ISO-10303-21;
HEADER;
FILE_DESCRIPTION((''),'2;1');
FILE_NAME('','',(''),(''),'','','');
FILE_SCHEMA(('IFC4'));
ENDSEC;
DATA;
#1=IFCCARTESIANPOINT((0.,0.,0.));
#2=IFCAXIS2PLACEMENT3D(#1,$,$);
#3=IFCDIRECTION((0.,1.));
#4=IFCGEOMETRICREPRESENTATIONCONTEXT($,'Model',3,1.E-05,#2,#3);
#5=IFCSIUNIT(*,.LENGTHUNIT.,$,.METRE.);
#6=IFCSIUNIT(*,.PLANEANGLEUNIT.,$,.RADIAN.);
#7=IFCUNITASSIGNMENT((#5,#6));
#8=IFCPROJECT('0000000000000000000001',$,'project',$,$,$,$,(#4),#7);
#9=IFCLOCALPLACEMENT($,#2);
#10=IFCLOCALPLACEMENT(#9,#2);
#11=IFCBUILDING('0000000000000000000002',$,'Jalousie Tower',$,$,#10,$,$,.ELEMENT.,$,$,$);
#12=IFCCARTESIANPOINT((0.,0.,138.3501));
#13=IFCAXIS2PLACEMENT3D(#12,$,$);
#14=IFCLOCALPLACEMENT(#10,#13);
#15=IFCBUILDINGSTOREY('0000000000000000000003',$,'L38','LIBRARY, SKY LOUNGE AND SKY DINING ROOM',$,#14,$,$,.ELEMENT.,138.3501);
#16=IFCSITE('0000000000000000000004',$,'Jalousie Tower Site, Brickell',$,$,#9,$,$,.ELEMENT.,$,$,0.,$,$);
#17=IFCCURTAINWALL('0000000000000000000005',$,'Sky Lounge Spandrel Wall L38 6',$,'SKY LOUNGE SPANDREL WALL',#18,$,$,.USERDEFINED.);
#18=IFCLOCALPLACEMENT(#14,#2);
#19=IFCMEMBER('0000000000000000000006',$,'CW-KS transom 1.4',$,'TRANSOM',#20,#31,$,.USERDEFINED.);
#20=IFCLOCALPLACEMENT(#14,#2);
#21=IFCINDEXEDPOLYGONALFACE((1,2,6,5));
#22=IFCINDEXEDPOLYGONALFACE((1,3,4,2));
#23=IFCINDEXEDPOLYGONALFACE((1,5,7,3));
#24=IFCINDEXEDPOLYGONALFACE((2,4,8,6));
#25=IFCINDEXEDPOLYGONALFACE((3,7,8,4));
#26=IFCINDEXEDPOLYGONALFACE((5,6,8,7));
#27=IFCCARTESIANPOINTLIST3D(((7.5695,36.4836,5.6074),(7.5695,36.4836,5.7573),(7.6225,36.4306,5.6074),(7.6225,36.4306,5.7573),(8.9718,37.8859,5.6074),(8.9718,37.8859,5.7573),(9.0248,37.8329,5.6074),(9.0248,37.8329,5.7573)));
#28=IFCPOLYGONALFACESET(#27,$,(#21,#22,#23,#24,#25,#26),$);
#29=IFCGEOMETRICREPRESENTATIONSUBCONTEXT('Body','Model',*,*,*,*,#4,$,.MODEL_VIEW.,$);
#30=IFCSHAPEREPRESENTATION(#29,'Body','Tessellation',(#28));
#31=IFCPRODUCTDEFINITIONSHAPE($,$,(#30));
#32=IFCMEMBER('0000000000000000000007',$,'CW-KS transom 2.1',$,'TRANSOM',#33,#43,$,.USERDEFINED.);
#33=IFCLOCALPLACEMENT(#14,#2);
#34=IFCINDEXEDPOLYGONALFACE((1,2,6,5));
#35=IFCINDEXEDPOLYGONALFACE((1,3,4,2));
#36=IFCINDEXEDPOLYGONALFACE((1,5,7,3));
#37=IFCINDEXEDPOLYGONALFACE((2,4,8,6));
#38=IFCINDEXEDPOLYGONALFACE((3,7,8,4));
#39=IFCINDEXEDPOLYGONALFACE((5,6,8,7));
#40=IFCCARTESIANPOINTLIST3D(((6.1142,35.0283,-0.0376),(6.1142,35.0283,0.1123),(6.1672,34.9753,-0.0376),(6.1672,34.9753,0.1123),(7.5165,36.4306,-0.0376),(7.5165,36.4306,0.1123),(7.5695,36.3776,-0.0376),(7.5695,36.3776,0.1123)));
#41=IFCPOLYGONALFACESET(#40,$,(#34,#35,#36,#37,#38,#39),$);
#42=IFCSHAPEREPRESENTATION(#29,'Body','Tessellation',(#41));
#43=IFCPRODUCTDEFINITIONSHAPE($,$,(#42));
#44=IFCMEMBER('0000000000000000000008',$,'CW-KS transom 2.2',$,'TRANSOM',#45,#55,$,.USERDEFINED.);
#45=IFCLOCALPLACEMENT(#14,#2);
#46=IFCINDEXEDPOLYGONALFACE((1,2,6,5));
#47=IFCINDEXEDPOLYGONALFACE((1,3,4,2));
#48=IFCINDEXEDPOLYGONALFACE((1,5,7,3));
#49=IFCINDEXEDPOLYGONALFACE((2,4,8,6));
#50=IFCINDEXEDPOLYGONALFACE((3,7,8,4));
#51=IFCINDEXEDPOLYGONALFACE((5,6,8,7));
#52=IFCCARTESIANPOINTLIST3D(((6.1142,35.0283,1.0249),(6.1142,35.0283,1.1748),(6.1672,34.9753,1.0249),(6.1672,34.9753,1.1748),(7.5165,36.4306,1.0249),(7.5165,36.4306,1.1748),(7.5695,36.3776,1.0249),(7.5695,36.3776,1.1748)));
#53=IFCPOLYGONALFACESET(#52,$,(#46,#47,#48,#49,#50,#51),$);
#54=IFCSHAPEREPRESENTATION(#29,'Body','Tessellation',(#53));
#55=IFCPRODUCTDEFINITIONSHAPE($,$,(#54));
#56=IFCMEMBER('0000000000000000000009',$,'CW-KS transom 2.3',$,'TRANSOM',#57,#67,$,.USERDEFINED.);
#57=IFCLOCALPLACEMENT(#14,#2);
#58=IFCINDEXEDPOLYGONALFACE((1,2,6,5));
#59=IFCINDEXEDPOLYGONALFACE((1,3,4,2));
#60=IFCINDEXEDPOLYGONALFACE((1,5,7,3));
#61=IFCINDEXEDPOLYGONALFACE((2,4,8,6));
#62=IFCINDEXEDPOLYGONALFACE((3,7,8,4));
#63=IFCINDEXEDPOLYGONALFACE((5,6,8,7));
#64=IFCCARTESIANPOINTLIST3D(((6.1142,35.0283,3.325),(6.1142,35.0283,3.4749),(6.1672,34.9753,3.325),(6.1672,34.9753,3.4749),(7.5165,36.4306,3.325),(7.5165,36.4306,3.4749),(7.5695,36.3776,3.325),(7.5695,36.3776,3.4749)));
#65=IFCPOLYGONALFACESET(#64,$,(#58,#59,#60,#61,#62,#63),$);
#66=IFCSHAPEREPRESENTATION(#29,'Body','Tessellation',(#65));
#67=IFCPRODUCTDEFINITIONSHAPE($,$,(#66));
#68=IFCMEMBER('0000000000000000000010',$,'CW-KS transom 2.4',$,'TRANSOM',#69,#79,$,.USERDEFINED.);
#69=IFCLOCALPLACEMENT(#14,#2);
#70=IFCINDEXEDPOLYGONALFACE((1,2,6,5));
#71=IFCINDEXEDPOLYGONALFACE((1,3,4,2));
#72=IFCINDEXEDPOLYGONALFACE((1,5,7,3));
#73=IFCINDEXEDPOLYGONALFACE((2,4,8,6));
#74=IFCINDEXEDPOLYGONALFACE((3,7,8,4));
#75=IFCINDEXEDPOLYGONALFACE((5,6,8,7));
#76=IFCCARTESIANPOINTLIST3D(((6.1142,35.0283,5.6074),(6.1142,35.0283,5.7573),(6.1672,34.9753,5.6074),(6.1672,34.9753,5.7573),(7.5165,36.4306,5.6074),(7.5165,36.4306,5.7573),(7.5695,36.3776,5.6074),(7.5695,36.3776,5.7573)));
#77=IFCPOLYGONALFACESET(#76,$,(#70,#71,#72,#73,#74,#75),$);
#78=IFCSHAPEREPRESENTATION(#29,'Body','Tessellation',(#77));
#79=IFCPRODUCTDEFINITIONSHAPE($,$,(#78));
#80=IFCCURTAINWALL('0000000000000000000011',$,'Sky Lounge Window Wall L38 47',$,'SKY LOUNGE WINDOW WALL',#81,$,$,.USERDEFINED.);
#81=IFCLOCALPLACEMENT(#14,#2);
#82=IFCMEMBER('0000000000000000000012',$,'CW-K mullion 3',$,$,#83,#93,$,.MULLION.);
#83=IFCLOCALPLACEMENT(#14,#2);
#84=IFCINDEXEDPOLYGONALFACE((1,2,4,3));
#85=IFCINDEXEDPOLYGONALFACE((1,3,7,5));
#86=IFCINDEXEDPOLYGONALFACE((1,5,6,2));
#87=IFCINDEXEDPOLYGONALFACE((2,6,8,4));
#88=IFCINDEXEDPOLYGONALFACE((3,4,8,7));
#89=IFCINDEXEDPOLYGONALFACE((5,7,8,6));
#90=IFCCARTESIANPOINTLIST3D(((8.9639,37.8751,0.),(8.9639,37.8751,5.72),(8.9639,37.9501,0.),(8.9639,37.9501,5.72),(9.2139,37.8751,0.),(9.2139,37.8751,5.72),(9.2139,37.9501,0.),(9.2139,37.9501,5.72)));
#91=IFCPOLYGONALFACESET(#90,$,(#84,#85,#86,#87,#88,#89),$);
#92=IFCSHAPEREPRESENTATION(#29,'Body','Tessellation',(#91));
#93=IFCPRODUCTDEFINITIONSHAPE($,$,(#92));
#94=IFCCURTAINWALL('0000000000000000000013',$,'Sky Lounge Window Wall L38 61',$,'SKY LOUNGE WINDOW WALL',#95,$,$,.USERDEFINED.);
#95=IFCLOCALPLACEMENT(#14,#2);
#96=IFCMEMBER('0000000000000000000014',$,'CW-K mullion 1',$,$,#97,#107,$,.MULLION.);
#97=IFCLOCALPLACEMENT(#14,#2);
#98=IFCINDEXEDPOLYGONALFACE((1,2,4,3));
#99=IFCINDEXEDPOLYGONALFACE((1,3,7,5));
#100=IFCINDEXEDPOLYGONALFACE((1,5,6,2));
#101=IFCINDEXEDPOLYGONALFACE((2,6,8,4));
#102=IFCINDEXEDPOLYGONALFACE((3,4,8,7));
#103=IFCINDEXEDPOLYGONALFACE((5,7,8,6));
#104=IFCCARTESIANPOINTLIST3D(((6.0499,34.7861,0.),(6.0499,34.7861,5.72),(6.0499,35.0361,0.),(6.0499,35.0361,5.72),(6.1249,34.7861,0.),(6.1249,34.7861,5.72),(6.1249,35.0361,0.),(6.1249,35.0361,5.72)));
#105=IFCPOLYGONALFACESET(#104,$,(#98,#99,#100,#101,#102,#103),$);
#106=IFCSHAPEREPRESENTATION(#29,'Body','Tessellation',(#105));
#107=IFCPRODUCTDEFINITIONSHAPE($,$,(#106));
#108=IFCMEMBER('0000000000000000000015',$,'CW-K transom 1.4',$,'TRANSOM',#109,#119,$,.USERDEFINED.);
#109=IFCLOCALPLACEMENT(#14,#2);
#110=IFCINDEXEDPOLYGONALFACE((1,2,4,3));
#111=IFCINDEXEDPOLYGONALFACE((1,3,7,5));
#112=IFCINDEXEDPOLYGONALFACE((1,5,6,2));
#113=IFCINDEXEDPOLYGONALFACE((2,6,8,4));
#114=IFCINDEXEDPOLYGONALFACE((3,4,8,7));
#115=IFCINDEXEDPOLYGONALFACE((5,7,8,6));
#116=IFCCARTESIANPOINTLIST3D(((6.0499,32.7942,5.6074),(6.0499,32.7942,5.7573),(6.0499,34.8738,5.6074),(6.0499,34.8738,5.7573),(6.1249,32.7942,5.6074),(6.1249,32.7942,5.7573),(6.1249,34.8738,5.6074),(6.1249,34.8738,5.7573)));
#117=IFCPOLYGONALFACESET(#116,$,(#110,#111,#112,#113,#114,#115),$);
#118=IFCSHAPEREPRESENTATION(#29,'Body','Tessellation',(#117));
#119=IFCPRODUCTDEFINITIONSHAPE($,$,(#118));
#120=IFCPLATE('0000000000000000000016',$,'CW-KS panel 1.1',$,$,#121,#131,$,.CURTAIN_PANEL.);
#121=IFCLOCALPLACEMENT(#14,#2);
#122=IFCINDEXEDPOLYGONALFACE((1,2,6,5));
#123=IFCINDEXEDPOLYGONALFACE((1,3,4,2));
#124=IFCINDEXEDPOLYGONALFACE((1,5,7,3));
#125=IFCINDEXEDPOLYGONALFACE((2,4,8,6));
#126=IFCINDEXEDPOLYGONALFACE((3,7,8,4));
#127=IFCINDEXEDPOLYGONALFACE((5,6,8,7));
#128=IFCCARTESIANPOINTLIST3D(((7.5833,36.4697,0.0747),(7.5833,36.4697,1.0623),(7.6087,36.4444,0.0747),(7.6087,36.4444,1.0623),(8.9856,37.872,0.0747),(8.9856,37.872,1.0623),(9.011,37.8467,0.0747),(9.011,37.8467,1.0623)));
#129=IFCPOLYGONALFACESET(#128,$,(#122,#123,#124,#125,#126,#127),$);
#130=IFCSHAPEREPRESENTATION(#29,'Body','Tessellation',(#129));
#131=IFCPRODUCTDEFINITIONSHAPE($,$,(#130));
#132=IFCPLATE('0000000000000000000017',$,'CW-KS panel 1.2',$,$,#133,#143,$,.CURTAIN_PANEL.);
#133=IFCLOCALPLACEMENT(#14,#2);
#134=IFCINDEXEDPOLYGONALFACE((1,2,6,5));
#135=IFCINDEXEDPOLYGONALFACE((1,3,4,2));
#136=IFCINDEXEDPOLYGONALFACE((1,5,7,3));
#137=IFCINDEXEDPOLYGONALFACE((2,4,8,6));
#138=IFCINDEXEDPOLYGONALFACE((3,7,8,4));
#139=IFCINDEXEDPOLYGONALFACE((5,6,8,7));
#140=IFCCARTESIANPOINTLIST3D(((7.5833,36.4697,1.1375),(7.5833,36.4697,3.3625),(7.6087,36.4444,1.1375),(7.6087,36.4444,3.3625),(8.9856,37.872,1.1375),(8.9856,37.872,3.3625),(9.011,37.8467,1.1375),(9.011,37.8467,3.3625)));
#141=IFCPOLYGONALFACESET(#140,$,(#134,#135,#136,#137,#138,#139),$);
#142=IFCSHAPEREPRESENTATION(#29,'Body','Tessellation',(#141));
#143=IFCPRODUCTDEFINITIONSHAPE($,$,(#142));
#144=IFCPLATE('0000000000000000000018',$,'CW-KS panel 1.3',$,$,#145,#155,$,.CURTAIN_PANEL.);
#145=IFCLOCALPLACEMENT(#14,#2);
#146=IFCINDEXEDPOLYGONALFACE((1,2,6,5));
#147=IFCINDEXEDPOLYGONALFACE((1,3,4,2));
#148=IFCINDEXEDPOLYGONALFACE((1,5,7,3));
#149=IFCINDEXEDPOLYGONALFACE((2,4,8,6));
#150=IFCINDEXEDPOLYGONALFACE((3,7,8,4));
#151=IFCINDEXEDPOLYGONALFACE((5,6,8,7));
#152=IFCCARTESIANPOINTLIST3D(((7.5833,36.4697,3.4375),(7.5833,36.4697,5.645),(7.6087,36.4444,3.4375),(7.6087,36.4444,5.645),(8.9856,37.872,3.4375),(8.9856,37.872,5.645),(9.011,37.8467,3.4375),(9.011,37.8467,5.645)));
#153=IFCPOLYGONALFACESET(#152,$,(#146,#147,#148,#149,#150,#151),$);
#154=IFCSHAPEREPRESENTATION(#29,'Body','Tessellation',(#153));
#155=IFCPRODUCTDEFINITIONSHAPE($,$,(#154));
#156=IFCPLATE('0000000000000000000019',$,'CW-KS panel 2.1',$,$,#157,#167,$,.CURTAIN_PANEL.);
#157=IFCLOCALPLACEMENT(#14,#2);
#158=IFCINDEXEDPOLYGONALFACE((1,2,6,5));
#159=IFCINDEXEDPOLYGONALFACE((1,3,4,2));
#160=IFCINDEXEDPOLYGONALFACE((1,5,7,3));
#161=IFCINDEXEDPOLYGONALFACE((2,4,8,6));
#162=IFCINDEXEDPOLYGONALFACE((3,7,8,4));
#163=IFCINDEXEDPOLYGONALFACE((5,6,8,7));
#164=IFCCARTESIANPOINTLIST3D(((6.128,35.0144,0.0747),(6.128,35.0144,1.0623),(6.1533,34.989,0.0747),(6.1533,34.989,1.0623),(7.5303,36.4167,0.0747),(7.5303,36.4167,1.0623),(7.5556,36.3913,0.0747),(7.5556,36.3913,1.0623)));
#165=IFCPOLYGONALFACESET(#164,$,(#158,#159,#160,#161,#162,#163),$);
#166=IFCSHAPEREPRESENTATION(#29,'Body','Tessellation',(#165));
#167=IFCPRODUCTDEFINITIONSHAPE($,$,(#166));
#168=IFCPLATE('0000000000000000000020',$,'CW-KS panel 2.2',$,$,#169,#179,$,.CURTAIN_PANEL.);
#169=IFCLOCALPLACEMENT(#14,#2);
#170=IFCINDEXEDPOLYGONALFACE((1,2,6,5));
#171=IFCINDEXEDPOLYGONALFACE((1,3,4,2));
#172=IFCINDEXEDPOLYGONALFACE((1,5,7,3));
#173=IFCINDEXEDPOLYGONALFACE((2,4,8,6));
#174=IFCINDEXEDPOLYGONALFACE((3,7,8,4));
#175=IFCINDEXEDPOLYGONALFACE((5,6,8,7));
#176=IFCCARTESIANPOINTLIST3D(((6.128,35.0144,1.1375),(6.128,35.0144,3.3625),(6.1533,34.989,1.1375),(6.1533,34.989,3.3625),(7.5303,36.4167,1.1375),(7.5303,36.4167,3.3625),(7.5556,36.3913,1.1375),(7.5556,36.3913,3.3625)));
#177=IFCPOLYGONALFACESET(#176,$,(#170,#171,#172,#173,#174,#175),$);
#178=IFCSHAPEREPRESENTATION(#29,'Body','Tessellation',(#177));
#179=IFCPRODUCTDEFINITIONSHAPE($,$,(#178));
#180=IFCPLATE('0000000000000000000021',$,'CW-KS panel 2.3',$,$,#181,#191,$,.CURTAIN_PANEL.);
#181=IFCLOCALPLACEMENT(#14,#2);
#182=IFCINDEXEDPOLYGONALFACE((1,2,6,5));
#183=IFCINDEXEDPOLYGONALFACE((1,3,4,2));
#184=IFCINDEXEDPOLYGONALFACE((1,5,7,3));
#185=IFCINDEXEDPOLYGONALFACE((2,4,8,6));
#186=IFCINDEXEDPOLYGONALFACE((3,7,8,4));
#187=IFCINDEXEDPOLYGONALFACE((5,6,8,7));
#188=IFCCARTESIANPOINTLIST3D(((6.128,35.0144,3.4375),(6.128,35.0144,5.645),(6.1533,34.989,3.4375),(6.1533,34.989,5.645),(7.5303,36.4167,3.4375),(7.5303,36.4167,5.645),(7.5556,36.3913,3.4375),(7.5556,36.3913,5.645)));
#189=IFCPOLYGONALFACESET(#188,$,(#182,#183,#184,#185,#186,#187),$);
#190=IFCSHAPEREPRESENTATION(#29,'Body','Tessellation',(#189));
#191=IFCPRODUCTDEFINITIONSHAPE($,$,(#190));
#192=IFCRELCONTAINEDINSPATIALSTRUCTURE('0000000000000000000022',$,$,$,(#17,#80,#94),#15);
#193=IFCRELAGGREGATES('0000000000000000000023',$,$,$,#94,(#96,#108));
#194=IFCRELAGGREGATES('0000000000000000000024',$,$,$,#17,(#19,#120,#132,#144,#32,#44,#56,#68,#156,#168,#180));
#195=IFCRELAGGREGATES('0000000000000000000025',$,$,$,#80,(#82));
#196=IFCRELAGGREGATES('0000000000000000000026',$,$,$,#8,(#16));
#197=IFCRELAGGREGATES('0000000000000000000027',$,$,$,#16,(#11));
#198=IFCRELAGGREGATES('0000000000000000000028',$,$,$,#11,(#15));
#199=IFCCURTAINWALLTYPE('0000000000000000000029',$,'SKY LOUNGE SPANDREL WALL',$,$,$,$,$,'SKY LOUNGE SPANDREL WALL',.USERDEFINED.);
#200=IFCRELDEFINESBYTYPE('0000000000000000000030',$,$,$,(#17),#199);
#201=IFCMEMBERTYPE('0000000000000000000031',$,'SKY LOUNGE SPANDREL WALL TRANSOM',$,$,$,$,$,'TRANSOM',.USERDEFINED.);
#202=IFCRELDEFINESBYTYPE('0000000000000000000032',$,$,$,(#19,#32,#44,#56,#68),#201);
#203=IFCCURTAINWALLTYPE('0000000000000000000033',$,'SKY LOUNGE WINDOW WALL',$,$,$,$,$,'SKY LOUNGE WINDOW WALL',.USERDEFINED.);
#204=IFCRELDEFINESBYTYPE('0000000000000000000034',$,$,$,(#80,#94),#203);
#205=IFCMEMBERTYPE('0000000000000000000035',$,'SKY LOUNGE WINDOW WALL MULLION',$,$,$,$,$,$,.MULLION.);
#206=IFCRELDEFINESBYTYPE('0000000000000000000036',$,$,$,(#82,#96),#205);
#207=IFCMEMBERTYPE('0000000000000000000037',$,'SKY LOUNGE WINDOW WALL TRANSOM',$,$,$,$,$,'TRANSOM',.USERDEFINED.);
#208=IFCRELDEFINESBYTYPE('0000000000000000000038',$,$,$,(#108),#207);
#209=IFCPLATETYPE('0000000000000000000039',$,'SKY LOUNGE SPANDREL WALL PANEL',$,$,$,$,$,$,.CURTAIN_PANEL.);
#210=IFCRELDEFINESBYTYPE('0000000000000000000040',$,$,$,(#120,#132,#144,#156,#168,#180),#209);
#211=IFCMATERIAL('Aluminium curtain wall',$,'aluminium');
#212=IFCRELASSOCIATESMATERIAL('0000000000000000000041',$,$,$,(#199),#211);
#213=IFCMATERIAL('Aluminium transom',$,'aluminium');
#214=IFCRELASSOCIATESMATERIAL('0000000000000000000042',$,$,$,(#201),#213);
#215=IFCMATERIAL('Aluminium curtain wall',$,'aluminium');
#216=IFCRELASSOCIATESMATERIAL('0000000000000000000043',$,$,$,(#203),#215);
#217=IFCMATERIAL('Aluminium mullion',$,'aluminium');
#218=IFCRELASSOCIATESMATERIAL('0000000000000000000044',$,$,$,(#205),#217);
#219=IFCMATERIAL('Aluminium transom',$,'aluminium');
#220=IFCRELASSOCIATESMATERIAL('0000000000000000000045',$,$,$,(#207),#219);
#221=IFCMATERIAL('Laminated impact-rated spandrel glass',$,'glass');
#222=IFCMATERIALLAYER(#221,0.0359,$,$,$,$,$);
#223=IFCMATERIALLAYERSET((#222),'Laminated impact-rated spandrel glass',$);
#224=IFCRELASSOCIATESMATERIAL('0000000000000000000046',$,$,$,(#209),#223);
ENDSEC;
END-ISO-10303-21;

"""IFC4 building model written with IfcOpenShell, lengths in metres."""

from ifc_helpers import new_model, si_unit, direction, frame, origin, origin_2d, place, context, subcontext, project, spatial, rectangle, extrude, material, layer, layer_set, material_profile, profile_set, type_object, element, aggregate, save


model = new_model("IFC4")

# Units and contexts
model_context = context("Model", 3, precision=1e-05, world=origin(), true_north=direction((0.0, 1.0)))
body_context = subcontext(model_context, "Body", "Model", "MODEL_VIEW")
ifc_project = project(units=[si_unit("LENGTHUNIT", "METRE"), si_unit("PLANEANGLEUNIT", "RADIAN")], contexts=[model_context])

# Site, building, storey
site_placement = place(None, origin())
site = spatial("IfcSite", under=ifc_project, at=site_placement, Name="Jalousie Tower Site, Brickell", CompositionType="ELEMENT", RefElevation=0.0)
building_placement = place(site_placement, origin())
building = spatial("IfcBuilding", under=site, at=building_placement, Name="Jalousie Tower", CompositionType="ELEMENT")
storey_placement = place(building_placement, frame((0.0, 0.0, 138.3501)))
storey = spatial("IfcBuildingStorey", under=building, at=storey_placement, Name="L38", Description="LIBRARY, SKY LOUNGE AND SKY DINING ROOM", CompositionType="ELEMENT", Elevation=138.3501)

# Curtain wall, members
ifc_material_1 = material(Name="Aluminium curtain wall", Category="aluminium")
curtain_wall_type_1 = type_object("IfcCurtainWallType", Name="SKY LOUNGE SPANDREL WALL", ElementType="SKY LOUNGE SPANDREL WALL", PredefinedType="USERDEFINED", material=ifc_material_1)
curtain_wall_1_placement = place(storey_placement, origin())
curtain_wall_1 = element("IfcCurtainWall", 1, at=curtain_wall_1_placement, inside=storey, type_object=curtain_wall_type_1, Name="Sky Lounge Spandrel Wall L38 6", ObjectType="SKY LOUNGE SPANDREL WALL", PredefinedType="USERDEFINED")
ifc_material_2 = material(Name="Aluminium transom", Category="aluminium")
ifc_material_profile_1 = material_profile(ifc_material_2, rectangle(XDim=0.075, YDim=0.1499, at=origin_2d()), Name="TRANSOM 75x150")
ifc_profile_set_1 = profile_set([ifc_material_profile_1], Name="Aluminium transom")
member_type_1 = type_object("IfcMemberType", Name="SKY LOUNGE SPANDREL WALL TRANSOM", ElementType="TRANSOM", PredefinedType="USERDEFINED", material=ifc_profile_set_1)
member_1_placement = place(storey_placement, frame((8.9983, 37.8594, 5.6824), z_axis=(-0.707107, -0.707107, 0.0), x_axis=(0.707107, -0.707107, 0.0)))
member_1 = element("IfcMember", 2, at=member_1_placement, type_object=member_type_1, Name="CW-KS transom 1.4", ObjectType="TRANSOM", PredefinedType="USERDEFINED", context=body_context, shape_type="SweptSolid", body=[
    extrude(rectangle(XDim=0.075, YDim=0.1499, at=origin_2d()), origin(), (0.0, 0.0, 1.0), 1.9832),
])
member_2_placement = place(storey_placement, frame((7.543, 36.4041, 0.0374), z_axis=(-0.707107, -0.707107, 0.0), x_axis=(0.707107, -0.707107, 0.0)))
member_2 = element("IfcMember", 3, at=member_2_placement, type_object=member_type_1, Name="CW-KS transom 2.1", ObjectType="TRANSOM", PredefinedType="USERDEFINED", context=body_context, shape_type="SweptSolid", body=[
    extrude(rectangle(XDim=0.075, YDim=0.1499, at=origin_2d()), origin(), (0.0, 0.0, 1.0), 1.9832),
])
member_3_placement = place(storey_placement, frame((7.543, 36.4041, 1.0999), z_axis=(-0.707107, -0.707107, 0.0), x_axis=(0.707107, -0.707107, 0.0)))
member_3 = element("IfcMember", 4, at=member_3_placement, type_object=member_type_1, Name="CW-KS transom 2.2", ObjectType="TRANSOM", PredefinedType="USERDEFINED", context=body_context, shape_type="SweptSolid", body=[
    extrude(rectangle(XDim=0.075, YDim=0.1499, at=origin_2d()), origin(), (0.0, 0.0, 1.0), 1.9832),
])
member_4_placement = place(storey_placement, frame((7.543, 36.4041, 3.3999), z_axis=(-0.707107, -0.707107, 0.0), x_axis=(0.707107, -0.707107, 0.0)))
member_4 = element("IfcMember", 5, at=member_4_placement, type_object=member_type_1, Name="CW-KS transom 2.3", ObjectType="TRANSOM", PredefinedType="USERDEFINED", context=body_context, shape_type="SweptSolid", body=[
    extrude(rectangle(XDim=0.075, YDim=0.1499, at=origin_2d()), origin(), (0.0, 0.0, 1.0), 1.9832),
])
member_5_placement = place(storey_placement, frame((7.543, 36.4041, 5.6824), z_axis=(-0.707107, -0.707107, 0.0), x_axis=(0.707107, -0.707107, 0.0)))
member_5 = element("IfcMember", 6, at=member_5_placement, type_object=member_type_1, Name="CW-KS transom 2.4", ObjectType="TRANSOM", PredefinedType="USERDEFINED", context=body_context, shape_type="SweptSolid", body=[
    extrude(rectangle(XDim=0.075, YDim=0.1499, at=origin_2d()), origin(), (0.0, 0.0, 1.0), 1.9832),
])

# Curtain wall, member
ifc_material_3 = material(Name="Aluminium curtain wall", Category="aluminium")
curtain_wall_type_2 = type_object("IfcCurtainWallType", Name="SKY LOUNGE WINDOW WALL", ElementType="SKY LOUNGE WINDOW WALL", PredefinedType="USERDEFINED", material=ifc_material_3)
curtain_wall_2_placement = place(storey_placement, origin())
curtain_wall_2 = element("IfcCurtainWall", 7, at=curtain_wall_2_placement, inside=storey, type_object=curtain_wall_type_2, Name="Sky Lounge Window Wall L38 47", ObjectType="SKY LOUNGE WINDOW WALL", PredefinedType="USERDEFINED")
ifc_material_4 = material(Name="Aluminium mullion", Category="aluminium")
ifc_material_profile_2 = material_profile(ifc_material_4, rectangle(XDim=0.075, YDim=0.25, at=origin_2d()), Name="MULLION 75x250")
ifc_profile_set_2 = profile_set([ifc_material_profile_2], Name="Aluminium mullion")
member_type_2 = type_object("IfcMemberType", Name="SKY LOUNGE WINDOW WALL MULLION", PredefinedType="MULLION", material=ifc_profile_set_2)
member_6_placement = place(storey_placement, frame((9.0889, 37.9126, 0.0), z_axis=(0.0, 0.0, 1.0), x_axis=(0.0, -1.0, 0.0)))
member_6 = element("IfcMember", 8, at=member_6_placement, type_object=member_type_2, Name="CW-K mullion 3", PredefinedType="MULLION", context=body_context, shape_type="SweptSolid", body=[
    extrude(rectangle(XDim=0.075, YDim=0.25, at=origin_2d()), origin(), (0.0, 0.0, 1.0), 5.72),
])

# Curtain wall, members
curtain_wall_3_placement = place(storey_placement, origin())
curtain_wall_3 = element("IfcCurtainWall", 9, at=curtain_wall_3_placement, inside=storey, type_object=curtain_wall_type_2, Name="Sky Lounge Window Wall L38 61", ObjectType="SKY LOUNGE WINDOW WALL", PredefinedType="USERDEFINED")
member_7_placement = place(storey_placement, frame((6.0874, 34.9111, 0.0), z_axis=(0.0, 0.0, 1.0), x_axis=(1.0, 0.0, 0.0)))
member_7 = element("IfcMember", 10, at=member_7_placement, type_object=member_type_2, Name="CW-K mullion 1", PredefinedType="MULLION", context=body_context, shape_type="SweptSolid", body=[
    extrude(rectangle(XDim=0.075, YDim=0.25, at=origin_2d()), origin(), (0.0, 0.0, 1.0), 5.72),
])
ifc_material_5 = material(Name="Aluminium transom", Category="aluminium")
ifc_material_profile_3 = material_profile(ifc_material_5, rectangle(XDim=0.075, YDim=0.1499, at=origin_2d()), Name="TRANSOM 75x150")
ifc_profile_set_3 = profile_set([ifc_material_profile_3], Name="Aluminium transom")
member_type_3 = type_object("IfcMemberType", Name="SKY LOUNGE WINDOW WALL TRANSOM", ElementType="TRANSOM", PredefinedType="USERDEFINED", material=ifc_profile_set_3)
member_8_placement = place(storey_placement, frame((6.0874, 34.8738, 5.6824), z_axis=(0.0, -1.0, 0.0), x_axis=(1.0, 0.0, 0.0)))
member_8 = element("IfcMember", 11, at=member_8_placement, type_object=member_type_3, Name="CW-K transom 1.4", ObjectType="TRANSOM", PredefinedType="USERDEFINED", context=body_context, shape_type="SweptSolid", body=[
    extrude(rectangle(XDim=0.075, YDim=0.1499, at=origin_2d()), origin(), (0.0, 0.0, 1.0), 2.0796),
])
aggregate(curtain_wall_3, [member_7, member_8])

# Plates
ifc_material_6 = material(Name="Laminated impact-rated spandrel glass", Category="glass")
ifc_layer_1 = layer(ifc_material_6, 0.0359)
ifc_layer_set_1 = layer_set([ifc_layer_1], Name="Laminated impact-rated spandrel glass")
plate_type_1 = type_object("IfcPlateType", Name="SKY LOUNGE SPANDREL WALL PANEL", PredefinedType="CURTAIN_PANEL", material=ifc_layer_set_1)
plate_1_placement = place(storey_placement, frame((8.2971, 37.1582, 0.0747), z_axis=(0.0, 0.0, 1.0), x_axis=(-0.707107, -0.707107, 0.0)))
plate_1 = element("IfcPlate", 12, at=plate_1_placement, type_object=plate_type_1, Name="CW-KS panel 1.1", PredefinedType="CURTAIN_PANEL", context=body_context, shape_type="SweptSolid", body=[
    extrude(rectangle(XDim=1.9832, YDim=0.0359, at=origin_2d()), origin(), (0.0, 0.0, 1.0), 0.9875),
])
plate_2_placement = place(storey_placement, frame((8.2971, 37.1582, 1.1375), z_axis=(0.0, 0.0, 1.0), x_axis=(-0.707107, -0.707107, 0.0)))
plate_2 = element("IfcPlate", 13, at=plate_2_placement, type_object=plate_type_1, Name="CW-KS panel 1.2", PredefinedType="CURTAIN_PANEL", context=body_context, shape_type="SweptSolid", body=[
    extrude(rectangle(XDim=1.9832, YDim=0.0359, at=origin_2d()), origin(), (0.0, 0.0, 1.0), 2.2251),
])
plate_3_placement = place(storey_placement, frame((8.2971, 37.1582, 3.4375), z_axis=(0.0, 0.0, 1.0), x_axis=(-0.707107, -0.707107, 0.0)))
plate_3 = element("IfcPlate", 14, at=plate_3_placement, type_object=plate_type_1, Name="CW-KS panel 1.3", PredefinedType="CURTAIN_PANEL", context=body_context, shape_type="SweptSolid", body=[
    extrude(rectangle(XDim=1.9832, YDim=0.0359, at=origin_2d()), origin(), (0.0, 0.0, 1.0), 2.2075),
])
plate_4_placement = place(storey_placement, frame((6.8418, 35.7029, 0.0747), z_axis=(0.0, 0.0, 1.0), x_axis=(-0.707107, -0.707107, 0.0)))
plate_4 = element("IfcPlate", 15, at=plate_4_placement, type_object=plate_type_1, Name="CW-KS panel 2.1", PredefinedType="CURTAIN_PANEL", context=body_context, shape_type="SweptSolid", body=[
    extrude(rectangle(XDim=1.9832, YDim=0.0359, at=origin_2d()), origin(), (0.0, 0.0, 1.0), 0.9875),
])
plate_5_placement = place(storey_placement, frame((6.8418, 35.7029, 1.1375), z_axis=(0.0, 0.0, 1.0), x_axis=(-0.707107, -0.707107, 0.0)))
plate_5 = element("IfcPlate", 16, at=plate_5_placement, type_object=plate_type_1, Name="CW-KS panel 2.2", PredefinedType="CURTAIN_PANEL", context=body_context, shape_type="SweptSolid", body=[
    extrude(rectangle(XDim=1.9832, YDim=0.0359, at=origin_2d()), origin(), (0.0, 0.0, 1.0), 2.2251),
])
plate_6_placement = place(storey_placement, frame((6.8418, 35.7029, 3.4375), z_axis=(0.0, 0.0, 1.0), x_axis=(-0.707107, -0.707107, 0.0)))
plate_6 = element("IfcPlate", 17, at=plate_6_placement, type_object=plate_type_1, Name="CW-KS panel 2.3", PredefinedType="CURTAIN_PANEL", context=body_context, shape_type="SweptSolid", body=[
    extrude(rectangle(XDim=1.9832, YDim=0.0359, at=origin_2d()), origin(), (0.0, 0.0, 1.0), 2.2075),
])
aggregate(curtain_wall_1, [member_1, plate_1, plate_2, plate_3, member_2, member_3, member_4, member_5, plate_4, plate_5, plate_6])
aggregate(curtain_wall_2, [member_6])

save(model, "model.ifc")
